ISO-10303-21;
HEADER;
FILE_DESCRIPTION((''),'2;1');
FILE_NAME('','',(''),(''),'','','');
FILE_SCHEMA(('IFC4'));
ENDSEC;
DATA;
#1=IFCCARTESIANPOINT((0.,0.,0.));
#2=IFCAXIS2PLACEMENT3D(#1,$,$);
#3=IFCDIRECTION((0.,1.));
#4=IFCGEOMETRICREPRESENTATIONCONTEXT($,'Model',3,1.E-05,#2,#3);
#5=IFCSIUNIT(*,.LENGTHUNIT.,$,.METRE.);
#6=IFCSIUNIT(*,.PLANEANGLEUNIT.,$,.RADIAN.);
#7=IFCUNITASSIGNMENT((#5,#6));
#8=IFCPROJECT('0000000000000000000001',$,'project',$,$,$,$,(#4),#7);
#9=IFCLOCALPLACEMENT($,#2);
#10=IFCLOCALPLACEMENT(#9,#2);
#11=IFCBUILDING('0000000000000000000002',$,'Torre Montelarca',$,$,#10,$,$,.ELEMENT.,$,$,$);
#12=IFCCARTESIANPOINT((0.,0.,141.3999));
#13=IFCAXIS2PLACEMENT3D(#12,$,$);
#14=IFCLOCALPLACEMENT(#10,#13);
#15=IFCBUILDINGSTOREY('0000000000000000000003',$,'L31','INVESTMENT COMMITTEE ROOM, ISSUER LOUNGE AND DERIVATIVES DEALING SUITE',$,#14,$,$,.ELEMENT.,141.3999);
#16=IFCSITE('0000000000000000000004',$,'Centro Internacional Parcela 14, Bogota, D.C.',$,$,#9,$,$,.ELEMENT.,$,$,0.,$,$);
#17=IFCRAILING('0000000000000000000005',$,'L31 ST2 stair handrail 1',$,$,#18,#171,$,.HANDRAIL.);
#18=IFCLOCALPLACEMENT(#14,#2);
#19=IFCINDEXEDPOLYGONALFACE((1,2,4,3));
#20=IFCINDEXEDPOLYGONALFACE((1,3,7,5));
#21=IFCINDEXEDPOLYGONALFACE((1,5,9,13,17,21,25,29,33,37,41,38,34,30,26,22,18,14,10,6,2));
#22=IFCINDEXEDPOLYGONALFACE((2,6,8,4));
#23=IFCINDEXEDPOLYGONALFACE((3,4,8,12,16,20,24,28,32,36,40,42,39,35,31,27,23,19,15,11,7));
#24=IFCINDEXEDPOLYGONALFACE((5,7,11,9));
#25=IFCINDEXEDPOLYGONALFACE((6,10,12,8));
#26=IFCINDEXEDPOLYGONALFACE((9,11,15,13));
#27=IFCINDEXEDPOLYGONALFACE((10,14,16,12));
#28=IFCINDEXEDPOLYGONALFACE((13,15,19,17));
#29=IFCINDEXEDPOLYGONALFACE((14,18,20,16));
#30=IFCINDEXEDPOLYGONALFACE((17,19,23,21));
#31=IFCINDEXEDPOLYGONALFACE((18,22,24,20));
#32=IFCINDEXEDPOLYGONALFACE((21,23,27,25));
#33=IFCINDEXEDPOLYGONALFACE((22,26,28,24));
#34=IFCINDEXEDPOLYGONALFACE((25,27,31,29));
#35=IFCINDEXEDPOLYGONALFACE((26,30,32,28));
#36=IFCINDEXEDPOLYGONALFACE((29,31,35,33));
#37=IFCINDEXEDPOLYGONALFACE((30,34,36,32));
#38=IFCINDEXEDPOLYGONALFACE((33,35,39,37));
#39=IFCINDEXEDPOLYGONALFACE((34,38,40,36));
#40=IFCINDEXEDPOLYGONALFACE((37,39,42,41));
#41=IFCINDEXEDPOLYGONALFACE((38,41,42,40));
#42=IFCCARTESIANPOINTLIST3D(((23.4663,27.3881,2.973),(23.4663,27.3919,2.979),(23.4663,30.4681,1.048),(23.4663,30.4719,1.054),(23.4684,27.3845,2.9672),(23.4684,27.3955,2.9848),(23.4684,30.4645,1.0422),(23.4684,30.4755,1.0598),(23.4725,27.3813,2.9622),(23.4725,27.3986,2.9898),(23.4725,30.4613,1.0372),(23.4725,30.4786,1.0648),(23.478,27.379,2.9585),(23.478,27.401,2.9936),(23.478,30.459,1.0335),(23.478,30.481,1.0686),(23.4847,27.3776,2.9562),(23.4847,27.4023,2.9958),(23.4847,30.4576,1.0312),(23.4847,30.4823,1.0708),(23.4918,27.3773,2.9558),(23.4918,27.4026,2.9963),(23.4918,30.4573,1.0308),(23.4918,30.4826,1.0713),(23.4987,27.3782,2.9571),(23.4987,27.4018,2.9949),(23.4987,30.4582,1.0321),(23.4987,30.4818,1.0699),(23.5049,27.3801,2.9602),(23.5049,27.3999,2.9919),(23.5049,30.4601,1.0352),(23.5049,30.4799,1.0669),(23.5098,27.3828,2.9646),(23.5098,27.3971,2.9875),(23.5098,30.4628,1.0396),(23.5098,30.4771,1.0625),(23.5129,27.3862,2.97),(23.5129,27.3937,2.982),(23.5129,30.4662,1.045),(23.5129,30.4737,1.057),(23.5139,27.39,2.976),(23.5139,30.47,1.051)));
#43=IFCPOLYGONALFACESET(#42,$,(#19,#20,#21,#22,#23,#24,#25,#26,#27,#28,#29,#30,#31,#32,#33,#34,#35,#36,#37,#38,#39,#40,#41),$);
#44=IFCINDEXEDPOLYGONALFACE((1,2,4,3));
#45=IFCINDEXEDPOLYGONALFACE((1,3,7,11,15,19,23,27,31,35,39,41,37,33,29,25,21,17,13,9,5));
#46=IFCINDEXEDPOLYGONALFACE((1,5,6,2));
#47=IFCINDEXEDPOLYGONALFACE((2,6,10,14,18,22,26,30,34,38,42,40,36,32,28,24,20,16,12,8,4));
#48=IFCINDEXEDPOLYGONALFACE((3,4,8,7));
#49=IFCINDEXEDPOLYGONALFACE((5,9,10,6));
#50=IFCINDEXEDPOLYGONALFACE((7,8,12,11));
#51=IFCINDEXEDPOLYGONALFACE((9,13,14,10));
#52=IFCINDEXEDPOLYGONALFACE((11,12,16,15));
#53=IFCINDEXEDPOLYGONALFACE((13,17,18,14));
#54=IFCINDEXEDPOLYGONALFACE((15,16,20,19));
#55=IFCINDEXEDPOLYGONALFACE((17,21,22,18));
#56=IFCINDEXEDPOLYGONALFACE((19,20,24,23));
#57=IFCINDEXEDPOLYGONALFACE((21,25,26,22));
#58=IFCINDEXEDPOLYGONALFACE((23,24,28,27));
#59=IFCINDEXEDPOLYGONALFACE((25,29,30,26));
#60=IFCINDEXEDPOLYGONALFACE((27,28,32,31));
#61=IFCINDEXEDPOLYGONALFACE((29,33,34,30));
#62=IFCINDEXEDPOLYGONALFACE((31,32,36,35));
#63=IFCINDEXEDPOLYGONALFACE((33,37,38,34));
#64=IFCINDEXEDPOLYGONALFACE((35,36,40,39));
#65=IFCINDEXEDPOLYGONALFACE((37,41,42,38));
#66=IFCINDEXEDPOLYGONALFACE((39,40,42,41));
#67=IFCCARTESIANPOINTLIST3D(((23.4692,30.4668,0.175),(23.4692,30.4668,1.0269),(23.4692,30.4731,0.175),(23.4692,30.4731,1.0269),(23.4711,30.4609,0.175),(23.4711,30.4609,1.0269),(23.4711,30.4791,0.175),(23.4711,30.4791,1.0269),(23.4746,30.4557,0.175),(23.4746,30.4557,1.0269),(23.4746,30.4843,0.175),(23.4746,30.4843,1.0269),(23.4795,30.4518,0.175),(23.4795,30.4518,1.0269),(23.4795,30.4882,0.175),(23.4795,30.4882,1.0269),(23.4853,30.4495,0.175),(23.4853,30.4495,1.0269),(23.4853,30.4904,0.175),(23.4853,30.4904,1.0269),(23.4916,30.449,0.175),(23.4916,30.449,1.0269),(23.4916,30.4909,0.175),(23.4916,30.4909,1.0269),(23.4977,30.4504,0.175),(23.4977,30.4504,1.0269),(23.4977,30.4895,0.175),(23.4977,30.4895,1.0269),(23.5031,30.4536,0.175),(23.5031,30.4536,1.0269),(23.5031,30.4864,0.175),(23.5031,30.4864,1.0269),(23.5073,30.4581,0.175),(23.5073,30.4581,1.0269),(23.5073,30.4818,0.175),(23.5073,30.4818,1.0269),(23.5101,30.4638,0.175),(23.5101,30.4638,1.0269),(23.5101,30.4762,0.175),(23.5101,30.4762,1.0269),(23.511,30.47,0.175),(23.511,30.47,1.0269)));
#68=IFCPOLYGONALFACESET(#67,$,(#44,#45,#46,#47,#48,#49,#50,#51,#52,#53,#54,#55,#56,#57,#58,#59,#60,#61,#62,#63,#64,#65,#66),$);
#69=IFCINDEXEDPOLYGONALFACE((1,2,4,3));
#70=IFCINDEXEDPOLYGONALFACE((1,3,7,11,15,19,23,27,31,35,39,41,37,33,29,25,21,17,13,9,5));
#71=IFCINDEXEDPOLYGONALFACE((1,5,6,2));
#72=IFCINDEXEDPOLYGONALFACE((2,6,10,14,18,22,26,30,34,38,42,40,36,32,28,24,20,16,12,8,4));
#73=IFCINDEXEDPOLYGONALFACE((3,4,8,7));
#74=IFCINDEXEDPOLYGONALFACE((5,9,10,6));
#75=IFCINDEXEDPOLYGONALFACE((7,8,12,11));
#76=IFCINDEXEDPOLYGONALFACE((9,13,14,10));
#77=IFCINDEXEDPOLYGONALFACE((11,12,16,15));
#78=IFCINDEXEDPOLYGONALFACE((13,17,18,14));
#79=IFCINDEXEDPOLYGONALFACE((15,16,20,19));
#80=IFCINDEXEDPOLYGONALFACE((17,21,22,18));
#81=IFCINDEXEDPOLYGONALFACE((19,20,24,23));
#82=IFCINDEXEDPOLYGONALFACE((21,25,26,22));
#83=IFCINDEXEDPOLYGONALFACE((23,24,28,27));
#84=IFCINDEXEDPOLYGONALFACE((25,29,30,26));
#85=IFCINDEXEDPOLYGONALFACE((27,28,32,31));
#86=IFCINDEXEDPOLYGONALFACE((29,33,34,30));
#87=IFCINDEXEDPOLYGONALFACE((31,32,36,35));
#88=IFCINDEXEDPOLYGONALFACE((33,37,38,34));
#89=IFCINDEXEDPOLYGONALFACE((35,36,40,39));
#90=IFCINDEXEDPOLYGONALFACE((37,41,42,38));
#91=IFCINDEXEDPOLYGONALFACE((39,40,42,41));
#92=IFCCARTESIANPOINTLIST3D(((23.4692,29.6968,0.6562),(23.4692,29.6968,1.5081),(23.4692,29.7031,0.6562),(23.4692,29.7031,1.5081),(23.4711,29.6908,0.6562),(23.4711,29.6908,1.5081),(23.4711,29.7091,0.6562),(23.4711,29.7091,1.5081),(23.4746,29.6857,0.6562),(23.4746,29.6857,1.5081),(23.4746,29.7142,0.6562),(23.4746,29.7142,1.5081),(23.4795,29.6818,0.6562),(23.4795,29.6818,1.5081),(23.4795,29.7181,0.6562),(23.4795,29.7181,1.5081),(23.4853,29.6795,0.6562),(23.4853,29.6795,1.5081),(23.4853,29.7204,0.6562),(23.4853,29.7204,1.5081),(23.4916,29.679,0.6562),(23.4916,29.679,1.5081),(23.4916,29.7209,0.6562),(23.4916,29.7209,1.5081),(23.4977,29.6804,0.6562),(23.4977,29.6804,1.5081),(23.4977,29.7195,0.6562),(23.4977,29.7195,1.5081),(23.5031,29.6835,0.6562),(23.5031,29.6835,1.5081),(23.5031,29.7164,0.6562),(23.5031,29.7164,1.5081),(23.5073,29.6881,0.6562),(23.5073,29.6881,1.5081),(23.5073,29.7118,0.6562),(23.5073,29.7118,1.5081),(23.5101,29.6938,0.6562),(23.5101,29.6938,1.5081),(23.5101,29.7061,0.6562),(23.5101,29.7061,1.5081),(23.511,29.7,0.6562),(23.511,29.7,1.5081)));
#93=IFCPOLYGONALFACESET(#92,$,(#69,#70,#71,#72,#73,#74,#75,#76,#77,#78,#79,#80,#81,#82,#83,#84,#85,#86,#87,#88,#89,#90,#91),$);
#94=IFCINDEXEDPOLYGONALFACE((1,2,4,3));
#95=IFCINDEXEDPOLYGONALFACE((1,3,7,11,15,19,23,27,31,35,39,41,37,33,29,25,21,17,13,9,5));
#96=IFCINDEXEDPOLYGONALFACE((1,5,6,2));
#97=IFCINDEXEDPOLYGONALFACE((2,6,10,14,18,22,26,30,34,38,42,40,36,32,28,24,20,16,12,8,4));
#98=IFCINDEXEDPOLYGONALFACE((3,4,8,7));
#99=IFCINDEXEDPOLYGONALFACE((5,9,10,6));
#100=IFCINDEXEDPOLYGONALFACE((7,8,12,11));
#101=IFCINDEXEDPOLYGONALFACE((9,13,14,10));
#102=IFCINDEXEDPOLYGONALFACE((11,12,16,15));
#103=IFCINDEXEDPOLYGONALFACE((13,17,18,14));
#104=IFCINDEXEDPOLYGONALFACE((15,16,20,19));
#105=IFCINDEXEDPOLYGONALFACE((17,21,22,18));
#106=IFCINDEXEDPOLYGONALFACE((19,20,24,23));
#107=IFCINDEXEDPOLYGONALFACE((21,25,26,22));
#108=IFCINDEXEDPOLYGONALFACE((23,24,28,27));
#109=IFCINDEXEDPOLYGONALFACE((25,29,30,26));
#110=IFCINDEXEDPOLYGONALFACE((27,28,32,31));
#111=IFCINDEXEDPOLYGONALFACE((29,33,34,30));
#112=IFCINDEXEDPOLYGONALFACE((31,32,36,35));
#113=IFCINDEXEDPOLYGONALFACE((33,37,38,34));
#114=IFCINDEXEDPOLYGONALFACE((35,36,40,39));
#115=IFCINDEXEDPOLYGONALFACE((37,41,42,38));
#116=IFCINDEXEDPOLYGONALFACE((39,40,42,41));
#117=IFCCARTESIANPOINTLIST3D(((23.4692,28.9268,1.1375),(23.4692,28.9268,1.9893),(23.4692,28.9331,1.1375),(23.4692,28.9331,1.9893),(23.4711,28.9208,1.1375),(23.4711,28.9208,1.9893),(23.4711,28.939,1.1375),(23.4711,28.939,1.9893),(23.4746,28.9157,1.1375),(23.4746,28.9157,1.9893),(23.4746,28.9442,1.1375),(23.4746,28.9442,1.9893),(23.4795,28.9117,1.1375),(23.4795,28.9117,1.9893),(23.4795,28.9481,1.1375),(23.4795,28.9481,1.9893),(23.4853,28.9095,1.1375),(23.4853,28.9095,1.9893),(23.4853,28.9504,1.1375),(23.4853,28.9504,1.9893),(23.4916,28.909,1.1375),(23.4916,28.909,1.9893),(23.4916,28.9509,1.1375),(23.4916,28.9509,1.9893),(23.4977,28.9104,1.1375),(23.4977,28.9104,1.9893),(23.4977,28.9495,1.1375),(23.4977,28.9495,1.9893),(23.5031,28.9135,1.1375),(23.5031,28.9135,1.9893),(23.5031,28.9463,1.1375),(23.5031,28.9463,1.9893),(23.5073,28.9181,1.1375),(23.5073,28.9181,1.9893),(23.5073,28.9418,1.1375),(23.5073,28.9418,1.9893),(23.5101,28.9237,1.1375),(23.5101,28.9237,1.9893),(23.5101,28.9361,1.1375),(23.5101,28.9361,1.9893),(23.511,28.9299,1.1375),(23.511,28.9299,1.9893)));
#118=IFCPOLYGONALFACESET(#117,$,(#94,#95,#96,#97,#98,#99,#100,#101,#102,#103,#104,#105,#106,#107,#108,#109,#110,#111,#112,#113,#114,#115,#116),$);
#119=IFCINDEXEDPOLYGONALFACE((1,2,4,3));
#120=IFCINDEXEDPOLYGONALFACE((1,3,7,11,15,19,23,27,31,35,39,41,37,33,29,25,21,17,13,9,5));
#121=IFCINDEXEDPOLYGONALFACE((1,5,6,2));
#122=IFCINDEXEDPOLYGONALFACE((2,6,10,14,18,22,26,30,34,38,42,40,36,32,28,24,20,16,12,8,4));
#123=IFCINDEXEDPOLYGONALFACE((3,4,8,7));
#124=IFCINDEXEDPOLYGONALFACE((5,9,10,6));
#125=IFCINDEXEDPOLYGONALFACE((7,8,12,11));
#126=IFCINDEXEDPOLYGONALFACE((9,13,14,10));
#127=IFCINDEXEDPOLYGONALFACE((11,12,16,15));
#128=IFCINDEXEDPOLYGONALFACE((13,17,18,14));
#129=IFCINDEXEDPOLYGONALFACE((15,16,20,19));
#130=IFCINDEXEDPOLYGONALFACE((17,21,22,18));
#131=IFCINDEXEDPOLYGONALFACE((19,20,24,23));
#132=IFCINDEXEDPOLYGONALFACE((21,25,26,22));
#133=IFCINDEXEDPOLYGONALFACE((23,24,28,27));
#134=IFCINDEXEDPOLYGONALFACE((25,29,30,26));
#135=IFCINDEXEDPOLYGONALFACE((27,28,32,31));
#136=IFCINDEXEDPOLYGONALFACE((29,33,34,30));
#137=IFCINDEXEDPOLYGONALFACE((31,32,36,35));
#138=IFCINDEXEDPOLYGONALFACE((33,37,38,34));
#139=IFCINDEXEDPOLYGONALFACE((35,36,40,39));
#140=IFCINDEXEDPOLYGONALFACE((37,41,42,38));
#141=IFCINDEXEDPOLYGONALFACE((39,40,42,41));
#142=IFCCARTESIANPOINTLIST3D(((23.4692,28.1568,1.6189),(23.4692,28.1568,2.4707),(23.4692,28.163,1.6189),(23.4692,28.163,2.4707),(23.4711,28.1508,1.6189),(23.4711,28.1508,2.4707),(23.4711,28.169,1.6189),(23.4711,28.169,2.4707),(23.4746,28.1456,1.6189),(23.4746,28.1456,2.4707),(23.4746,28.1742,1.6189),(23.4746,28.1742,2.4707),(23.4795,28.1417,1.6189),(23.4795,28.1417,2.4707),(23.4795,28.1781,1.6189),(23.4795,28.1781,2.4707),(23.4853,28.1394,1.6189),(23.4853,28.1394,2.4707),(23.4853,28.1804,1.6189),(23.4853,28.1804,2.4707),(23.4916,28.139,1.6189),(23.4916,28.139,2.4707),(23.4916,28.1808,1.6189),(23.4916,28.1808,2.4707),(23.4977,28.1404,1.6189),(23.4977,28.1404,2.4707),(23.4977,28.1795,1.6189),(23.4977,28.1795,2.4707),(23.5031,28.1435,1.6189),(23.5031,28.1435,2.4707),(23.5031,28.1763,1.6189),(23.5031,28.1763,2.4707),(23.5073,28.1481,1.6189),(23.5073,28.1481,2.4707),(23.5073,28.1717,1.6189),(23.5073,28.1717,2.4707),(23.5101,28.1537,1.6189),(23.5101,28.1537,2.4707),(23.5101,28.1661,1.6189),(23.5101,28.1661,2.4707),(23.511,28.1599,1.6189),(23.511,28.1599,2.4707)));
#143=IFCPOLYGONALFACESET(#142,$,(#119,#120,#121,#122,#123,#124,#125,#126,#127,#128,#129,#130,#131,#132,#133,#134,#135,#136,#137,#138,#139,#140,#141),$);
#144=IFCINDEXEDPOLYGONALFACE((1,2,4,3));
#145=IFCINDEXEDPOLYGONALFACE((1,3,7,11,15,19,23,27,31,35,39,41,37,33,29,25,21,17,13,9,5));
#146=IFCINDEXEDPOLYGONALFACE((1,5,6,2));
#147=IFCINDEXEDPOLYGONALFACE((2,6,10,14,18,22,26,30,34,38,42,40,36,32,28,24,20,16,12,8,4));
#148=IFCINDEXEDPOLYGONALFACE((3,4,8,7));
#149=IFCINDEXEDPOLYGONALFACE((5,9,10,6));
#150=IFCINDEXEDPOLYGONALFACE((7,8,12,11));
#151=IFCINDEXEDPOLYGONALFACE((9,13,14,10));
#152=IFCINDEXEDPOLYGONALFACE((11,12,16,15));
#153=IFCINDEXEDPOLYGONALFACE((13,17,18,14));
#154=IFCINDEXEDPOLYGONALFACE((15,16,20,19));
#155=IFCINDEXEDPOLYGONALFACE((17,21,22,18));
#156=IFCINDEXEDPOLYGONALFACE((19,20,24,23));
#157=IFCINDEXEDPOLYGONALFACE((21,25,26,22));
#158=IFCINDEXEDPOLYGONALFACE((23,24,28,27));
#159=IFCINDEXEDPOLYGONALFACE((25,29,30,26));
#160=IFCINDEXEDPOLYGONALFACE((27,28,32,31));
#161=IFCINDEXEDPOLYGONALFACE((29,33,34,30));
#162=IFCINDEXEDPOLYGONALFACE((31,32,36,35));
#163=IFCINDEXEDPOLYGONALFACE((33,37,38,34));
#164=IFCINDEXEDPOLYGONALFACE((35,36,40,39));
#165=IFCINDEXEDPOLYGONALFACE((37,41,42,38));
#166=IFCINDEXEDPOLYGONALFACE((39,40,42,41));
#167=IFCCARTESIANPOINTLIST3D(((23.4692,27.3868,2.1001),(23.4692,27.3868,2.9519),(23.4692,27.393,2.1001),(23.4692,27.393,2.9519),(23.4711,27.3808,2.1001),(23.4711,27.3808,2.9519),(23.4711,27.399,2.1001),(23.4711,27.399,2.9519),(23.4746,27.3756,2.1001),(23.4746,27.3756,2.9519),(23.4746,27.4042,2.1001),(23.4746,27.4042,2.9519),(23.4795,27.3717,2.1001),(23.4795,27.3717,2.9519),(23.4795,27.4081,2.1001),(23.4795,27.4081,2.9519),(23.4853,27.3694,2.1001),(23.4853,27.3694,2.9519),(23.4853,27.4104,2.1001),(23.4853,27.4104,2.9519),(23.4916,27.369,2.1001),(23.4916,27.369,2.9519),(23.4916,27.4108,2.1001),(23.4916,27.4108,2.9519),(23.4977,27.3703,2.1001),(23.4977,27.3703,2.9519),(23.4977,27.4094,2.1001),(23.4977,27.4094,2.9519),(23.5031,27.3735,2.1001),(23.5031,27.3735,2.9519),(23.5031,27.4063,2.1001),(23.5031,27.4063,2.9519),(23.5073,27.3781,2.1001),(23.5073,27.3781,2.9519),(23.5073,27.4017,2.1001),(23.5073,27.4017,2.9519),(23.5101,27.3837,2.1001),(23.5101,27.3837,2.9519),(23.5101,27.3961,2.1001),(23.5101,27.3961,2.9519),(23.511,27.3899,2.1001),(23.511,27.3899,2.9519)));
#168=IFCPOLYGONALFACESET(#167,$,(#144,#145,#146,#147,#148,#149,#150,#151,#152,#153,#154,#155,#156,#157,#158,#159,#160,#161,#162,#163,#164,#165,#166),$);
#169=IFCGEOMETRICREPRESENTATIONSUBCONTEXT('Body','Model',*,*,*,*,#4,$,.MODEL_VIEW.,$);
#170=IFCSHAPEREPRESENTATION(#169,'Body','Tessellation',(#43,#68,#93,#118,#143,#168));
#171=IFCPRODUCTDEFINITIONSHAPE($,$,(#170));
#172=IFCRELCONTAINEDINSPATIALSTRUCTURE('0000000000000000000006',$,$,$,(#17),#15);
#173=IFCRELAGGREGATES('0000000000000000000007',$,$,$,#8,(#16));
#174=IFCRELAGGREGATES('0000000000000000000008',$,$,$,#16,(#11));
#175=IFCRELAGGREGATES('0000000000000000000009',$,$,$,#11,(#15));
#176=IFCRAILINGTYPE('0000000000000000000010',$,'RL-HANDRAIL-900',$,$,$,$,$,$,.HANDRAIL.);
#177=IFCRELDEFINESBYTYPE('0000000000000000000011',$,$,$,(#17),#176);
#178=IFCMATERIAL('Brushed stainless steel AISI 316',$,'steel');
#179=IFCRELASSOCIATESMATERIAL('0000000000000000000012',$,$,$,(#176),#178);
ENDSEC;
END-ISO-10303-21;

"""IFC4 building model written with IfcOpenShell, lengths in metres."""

from ifc_helpers import new_model, si_unit, direction, frame, origin, origin_2d, place, context, subcontext, project, spatial, circle, extrude, material, type_object, element, save


model = new_model("IFC4")

# Units and contexts
model_context = context("Model", 3, precision=1e-05, world=origin(), true_north=direction((0.0, 1.0)))
body_context = subcontext(model_context, "Body", "Model", "MODEL_VIEW")
ifc_project = project(units=[si_unit("LENGTHUNIT", "METRE"), si_unit("PLANEANGLEUNIT", "RADIAN")], contexts=[model_context])

# Site, building, storey
site_placement = place(None, origin())
site = spatial("IfcSite", under=ifc_project, at=site_placement, Name="Centro Internacional Parcela 14, Bogota, D.C.", CompositionType="ELEMENT", RefElevation=0.0)
building_placement = place(site_placement, origin())
building = spatial("IfcBuilding", under=site, at=building_placement, Name="Torre Montelarca", CompositionType="ELEMENT")
storey_placement = place(building_placement, frame((0.0, 0.0, 141.3999)))
storey = spatial("IfcBuildingStorey", under=building, at=storey_placement, Name="L31", Description="INVESTMENT COMMITTEE ROOM, ISSUER LOUNGE AND DERIVATIVES DEALING SUITE", CompositionType="ELEMENT", Elevation=141.3999)

# Shared definitions
ifc_material_1 = material(Name="Brushed stainless steel AISI 316", Category="steel")

# Railing
railing_type_1 = type_object("IfcRailingType", Name="RL-HANDRAIL-900", PredefinedType="HANDRAIL", material=ifc_material_1)
railing_1_placement = place(storey_placement, frame((23.49, 30.47, 0.175)))
element("IfcRailing", 1, at=railing_1_placement, inside=storey, type_object=railing_type_1, Name="L31 ST2 stair handrail 1", PredefinedType="HANDRAIL", context=body_context, shape_type="SweptSolid", body=[
    extrude(circle(Radius=0.0239, at=origin_2d()), frame((0.0, 0.0, 0.876), z_axis=(0.0, -0.847998, 0.529999), x_axis=(1.0, 0.0, 0.0)), (0.0, 0.0, 1.0), 3.6321),
    extrude(circle(Radius=0.021, at=origin_2d()), origin(), (0.0, 0.0, 1.0), 0.8518),
    extrude(circle(Radius=0.021, at=origin_2d()), frame((0.0, -0.77, 0.4812)), (0.0, 0.0, 1.0), 0.8518),
    extrude(circle(Radius=0.021, at=origin_2d()), frame((0.0, -1.54, 0.9624)), (0.0, 0.0, 1.0), 0.8518),
    extrude(circle(Radius=0.021, at=origin_2d()), frame((0.0, -2.3101, 1.4438)), (0.0, 0.0, 1.0), 0.8518),
    extrude(circle(Radius=0.021, at=origin_2d()), frame((0.0, -3.0801, 1.925)), (0.0, 0.0, 1.0), 0.8518),
])

save(model, "model.ifc")
